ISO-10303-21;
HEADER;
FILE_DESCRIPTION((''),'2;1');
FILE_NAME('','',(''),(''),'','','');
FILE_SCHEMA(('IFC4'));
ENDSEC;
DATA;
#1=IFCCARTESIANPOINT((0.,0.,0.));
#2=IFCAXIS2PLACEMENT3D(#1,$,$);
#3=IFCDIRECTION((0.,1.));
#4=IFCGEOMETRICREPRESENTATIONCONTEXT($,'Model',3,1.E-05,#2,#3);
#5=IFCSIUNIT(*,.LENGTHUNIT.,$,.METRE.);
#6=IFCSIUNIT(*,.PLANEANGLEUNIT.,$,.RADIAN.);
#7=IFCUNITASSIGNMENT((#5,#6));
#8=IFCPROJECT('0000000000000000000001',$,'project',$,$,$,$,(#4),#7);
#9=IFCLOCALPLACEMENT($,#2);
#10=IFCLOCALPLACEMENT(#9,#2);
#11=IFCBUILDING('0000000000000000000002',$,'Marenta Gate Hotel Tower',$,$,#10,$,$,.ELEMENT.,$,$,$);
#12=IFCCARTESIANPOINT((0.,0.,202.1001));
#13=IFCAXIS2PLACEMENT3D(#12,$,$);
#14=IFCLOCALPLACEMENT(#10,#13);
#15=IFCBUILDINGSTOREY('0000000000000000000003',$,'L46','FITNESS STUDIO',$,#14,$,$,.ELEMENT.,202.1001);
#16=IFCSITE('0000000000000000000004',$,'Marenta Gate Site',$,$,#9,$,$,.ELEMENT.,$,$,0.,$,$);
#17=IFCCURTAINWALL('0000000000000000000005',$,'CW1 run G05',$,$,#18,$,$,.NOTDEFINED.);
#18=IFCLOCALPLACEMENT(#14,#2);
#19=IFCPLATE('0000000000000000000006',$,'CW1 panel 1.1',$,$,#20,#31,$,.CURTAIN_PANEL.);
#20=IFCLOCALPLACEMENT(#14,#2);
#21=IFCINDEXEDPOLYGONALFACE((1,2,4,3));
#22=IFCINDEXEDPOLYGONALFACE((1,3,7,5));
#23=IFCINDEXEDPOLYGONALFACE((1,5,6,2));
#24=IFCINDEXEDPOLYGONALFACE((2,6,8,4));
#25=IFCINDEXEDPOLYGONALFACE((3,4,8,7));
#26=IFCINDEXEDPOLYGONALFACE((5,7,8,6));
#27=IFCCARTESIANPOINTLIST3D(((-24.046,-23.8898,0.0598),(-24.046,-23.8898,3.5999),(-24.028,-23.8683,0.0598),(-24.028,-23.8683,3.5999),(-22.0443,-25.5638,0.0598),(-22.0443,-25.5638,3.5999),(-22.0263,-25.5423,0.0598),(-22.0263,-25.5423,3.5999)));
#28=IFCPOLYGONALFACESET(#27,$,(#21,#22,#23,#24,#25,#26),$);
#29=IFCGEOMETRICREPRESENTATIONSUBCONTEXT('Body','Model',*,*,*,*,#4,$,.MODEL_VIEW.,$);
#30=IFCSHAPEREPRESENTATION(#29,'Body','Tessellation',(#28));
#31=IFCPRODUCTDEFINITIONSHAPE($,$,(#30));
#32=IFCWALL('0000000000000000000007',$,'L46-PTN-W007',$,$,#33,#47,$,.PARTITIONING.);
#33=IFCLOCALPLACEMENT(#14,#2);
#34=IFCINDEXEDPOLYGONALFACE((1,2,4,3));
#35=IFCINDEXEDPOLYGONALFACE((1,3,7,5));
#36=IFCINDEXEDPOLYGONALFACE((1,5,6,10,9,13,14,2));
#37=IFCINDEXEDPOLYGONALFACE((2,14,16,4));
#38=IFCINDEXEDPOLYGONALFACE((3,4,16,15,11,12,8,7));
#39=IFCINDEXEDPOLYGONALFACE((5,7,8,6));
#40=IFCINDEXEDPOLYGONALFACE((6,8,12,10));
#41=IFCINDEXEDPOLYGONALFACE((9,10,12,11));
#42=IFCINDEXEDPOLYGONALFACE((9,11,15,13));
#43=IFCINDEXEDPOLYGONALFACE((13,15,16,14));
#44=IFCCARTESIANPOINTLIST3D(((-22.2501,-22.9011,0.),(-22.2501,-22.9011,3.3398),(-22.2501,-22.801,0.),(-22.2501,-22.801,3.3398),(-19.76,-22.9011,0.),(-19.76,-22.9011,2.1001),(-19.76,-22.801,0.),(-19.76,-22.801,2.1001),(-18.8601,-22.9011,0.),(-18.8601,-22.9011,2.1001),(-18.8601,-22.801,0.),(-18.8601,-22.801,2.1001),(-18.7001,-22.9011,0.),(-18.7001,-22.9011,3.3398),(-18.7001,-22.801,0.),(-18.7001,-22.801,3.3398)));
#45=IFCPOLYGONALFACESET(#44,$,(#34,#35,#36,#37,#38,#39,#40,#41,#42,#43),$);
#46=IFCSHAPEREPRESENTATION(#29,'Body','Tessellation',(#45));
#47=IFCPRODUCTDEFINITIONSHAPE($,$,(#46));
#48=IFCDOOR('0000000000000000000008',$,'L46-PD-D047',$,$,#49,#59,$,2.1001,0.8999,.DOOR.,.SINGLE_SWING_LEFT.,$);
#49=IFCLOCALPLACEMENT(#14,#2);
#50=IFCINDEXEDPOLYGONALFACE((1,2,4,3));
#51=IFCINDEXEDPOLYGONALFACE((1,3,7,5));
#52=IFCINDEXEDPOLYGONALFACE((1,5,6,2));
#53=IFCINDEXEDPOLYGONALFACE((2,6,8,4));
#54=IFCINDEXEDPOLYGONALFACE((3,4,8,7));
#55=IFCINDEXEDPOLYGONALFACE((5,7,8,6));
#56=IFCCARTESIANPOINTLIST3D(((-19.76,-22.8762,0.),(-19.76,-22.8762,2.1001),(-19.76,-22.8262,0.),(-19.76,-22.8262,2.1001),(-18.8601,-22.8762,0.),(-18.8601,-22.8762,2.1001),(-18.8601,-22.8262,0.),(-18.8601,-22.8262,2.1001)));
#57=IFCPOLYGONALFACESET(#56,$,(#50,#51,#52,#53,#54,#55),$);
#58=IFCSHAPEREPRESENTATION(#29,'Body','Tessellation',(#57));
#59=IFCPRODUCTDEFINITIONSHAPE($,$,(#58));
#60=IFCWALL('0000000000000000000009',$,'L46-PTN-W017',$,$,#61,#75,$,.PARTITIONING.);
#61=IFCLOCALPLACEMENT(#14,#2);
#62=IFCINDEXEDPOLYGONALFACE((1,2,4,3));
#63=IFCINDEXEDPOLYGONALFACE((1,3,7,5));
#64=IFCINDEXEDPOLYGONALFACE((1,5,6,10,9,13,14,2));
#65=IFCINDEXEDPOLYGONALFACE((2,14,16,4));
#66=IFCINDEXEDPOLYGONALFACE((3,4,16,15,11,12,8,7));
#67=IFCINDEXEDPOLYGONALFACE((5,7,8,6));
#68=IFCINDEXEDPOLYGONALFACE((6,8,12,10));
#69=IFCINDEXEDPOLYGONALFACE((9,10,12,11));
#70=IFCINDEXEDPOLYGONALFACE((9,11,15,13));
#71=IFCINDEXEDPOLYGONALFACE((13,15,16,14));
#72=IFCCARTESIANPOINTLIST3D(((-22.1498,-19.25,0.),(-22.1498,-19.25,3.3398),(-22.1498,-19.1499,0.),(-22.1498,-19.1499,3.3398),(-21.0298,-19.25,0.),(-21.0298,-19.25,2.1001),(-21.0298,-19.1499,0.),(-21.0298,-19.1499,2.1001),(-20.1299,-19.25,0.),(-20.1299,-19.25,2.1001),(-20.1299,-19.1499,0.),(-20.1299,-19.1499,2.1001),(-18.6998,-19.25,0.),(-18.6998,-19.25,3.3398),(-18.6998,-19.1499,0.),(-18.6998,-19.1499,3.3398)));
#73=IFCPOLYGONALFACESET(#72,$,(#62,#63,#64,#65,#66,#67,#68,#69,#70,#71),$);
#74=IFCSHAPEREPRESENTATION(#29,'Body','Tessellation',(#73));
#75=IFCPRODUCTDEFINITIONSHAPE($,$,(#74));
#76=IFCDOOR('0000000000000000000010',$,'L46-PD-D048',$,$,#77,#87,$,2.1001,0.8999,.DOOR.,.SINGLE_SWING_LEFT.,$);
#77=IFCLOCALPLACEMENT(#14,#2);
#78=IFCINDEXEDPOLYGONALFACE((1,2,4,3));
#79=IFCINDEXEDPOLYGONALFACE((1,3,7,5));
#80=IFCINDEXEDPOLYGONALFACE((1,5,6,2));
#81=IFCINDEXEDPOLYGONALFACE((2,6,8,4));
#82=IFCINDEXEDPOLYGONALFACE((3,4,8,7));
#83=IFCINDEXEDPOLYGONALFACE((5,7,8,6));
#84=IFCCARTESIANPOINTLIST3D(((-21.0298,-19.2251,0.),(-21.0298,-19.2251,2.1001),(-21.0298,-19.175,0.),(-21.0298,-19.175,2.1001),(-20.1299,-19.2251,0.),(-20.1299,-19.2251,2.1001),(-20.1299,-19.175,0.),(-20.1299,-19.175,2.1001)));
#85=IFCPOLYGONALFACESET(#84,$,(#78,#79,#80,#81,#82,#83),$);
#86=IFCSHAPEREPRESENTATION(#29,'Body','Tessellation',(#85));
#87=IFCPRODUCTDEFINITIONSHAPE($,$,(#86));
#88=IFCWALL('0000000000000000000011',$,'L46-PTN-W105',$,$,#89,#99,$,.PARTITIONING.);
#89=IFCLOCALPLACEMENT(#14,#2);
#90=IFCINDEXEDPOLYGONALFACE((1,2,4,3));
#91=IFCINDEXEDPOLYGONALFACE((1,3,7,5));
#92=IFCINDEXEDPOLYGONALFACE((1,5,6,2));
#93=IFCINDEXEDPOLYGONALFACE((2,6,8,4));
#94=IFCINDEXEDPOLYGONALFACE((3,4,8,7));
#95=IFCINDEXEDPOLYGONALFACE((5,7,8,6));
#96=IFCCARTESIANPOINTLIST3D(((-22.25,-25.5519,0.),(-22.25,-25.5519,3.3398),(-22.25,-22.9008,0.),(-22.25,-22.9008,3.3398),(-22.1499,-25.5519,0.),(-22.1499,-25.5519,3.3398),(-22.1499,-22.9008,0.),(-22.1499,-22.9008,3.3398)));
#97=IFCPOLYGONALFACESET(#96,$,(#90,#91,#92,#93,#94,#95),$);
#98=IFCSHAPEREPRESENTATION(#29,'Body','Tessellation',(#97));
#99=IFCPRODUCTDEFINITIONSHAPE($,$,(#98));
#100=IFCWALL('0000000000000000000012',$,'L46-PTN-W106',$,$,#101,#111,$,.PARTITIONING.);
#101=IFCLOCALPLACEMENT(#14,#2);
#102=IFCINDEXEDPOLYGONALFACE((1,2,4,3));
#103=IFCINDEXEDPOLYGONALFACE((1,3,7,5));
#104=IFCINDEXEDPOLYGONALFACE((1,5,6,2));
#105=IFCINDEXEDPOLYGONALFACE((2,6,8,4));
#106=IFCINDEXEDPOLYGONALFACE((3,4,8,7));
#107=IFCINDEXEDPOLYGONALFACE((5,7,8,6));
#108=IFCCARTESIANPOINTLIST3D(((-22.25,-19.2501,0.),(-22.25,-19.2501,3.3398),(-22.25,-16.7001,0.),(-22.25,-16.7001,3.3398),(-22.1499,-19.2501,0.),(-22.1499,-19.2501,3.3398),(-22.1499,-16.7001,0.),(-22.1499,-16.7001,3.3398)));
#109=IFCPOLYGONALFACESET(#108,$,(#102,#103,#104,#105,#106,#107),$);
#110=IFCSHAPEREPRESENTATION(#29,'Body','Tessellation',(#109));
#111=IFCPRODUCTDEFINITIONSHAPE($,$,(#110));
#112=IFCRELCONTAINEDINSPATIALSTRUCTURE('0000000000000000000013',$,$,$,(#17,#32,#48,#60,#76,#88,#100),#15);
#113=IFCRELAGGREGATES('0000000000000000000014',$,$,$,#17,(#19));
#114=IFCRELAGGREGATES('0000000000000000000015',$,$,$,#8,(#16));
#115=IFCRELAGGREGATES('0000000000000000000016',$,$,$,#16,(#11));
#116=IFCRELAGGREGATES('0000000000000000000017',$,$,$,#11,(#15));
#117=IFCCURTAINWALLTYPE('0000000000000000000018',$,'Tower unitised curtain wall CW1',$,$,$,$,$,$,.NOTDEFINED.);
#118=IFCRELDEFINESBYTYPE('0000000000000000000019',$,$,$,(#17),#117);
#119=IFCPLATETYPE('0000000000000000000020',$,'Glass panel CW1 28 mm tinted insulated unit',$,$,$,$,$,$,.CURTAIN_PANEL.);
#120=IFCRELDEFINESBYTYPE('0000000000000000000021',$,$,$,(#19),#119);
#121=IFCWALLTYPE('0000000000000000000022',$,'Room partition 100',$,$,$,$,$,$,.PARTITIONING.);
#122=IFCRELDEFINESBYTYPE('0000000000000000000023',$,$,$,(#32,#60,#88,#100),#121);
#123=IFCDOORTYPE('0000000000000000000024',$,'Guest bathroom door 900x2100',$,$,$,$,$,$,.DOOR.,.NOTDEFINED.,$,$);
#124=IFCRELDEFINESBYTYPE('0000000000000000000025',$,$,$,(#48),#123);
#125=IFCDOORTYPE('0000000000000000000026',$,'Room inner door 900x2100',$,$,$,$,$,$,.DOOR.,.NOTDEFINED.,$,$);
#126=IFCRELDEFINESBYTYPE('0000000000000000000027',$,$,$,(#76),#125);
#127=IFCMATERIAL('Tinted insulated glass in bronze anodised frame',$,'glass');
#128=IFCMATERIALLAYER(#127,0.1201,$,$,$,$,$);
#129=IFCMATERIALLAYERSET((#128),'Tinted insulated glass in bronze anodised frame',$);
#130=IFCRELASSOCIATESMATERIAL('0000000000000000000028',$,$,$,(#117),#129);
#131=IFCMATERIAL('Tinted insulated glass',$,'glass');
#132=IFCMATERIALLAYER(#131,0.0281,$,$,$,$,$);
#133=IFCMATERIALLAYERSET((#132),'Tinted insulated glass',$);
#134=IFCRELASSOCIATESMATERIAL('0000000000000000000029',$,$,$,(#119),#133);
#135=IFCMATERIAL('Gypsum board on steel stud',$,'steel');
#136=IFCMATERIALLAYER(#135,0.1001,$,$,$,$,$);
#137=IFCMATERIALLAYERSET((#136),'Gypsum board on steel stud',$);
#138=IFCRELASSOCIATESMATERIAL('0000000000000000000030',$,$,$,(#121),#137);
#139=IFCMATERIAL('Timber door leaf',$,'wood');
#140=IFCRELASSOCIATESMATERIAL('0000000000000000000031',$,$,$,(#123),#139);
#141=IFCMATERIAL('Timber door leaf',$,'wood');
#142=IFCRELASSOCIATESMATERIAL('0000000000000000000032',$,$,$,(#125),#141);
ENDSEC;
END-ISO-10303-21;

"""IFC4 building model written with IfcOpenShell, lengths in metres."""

from ifc_helpers import new_model, si_unit, direction, frame, frame_2d, origin, origin_2d, place, context, subcontext, project, spatial, rectangle, extrude, material, layer, layer_set, type_object, element, fill, aggregate, save


model = new_model("IFC4")

# Units and contexts
model_context = context("Model", 3, precision=1e-05, world=origin(), true_north=direction((0.0, 1.0)))
body_context = subcontext(model_context, "Body", "Model", "MODEL_VIEW")
ifc_project = project(units=[si_unit("LENGTHUNIT", "METRE"), si_unit("PLANEANGLEUNIT", "RADIAN")], contexts=[model_context])

# Site, building, storey
site_placement = place(None, origin())
site = spatial("IfcSite", under=ifc_project, at=site_placement, Name="Marenta Gate Site", CompositionType="ELEMENT", RefElevation=0.0)
building_placement = place(site_placement, origin())
building = spatial("IfcBuilding", under=site, at=building_placement, Name="Marenta Gate Hotel Tower", CompositionType="ELEMENT")
storey_placement = place(building_placement, frame((0.0, 0.0, 202.1001)))
storey = spatial("IfcBuildingStorey", under=building, at=storey_placement, Name="L46", Description="FITNESS STUDIO", CompositionType="ELEMENT", Elevation=202.1001)

# Curtain wall
ifc_material_1 = material(Name="Tinted insulated glass in bronze anodised frame", Category="glass")
ifc_layer_1 = layer(ifc_material_1, 0.1201)
ifc_layer_set_1 = layer_set([ifc_layer_1], Name="Tinted insulated glass in bronze anodised frame")
curtain_wall_type = type_object("IfcCurtainWallType", Name="Tower unitised curtain wall CW1", PredefinedType="NOTDEFINED", material=ifc_layer_set_1)
curtain_wall_1_placement = place(storey_placement, origin())
curtain_wall_1 = element("IfcCurtainWall", 1, at=curtain_wall_1_placement, inside=storey, type_object=curtain_wall_type, Name="CW1 run G05", PredefinedType="NOTDEFINED")

# Plate
ifc_material_2 = material(Name="Tinted insulated glass", Category="glass")
ifc_layer_2 = layer(ifc_material_2, 0.0281)
ifc_layer_set_2 = layer_set([ifc_layer_2], Name="Tinted insulated glass")
plate_type = type_object("IfcPlateType", Name="Glass panel CW1 28 mm tinted insulated unit", PredefinedType="CURTAIN_PANEL", material=ifc_layer_set_2)
plate_1_placement = place(storey_placement, frame((-23.0361, -24.7161, 0.0598), z_axis=(0.0, 0.0, 1.0), x_axis=(0.767102, -0.641525, 0.0)))
plate_1 = element("IfcPlate", 2, at=plate_1_placement, type_object=plate_type, Name="CW1 panel 1.1", PredefinedType="CURTAIN_PANEL", context=body_context, shape_type="SweptSolid", body=[
    extrude(rectangle(XDim=2.6094, YDim=0.0281, at=origin_2d()), origin(), (0.0, 0.0, 1.0), 3.54),
])
aggregate(curtain_wall_1, [plate_1])

# Walls, openings, doors
ifc_material_3 = material(Name="Gypsum board on steel stud", Category="steel")
ifc_layer_3 = layer(ifc_material_3, 0.1001)
ifc_layer_set_3 = layer_set([ifc_layer_3], Name="Gypsum board on steel stud")
wall_type = type_object("IfcWallType", Name="Room partition 100", PredefinedType="PARTITIONING", material=ifc_layer_set_3)
wall_1_placement = place(storey_placement, frame((-22.25, -22.8511, 0.0), z_axis=(0.0, 0.0, 1.0), x_axis=(1.0, 0.0, 0.0)))
wall_1 = element("IfcWall", 3, at=wall_1_placement, inside=storey, type_object=wall_type, Name="L46-PTN-W007", PredefinedType="PARTITIONING", context=body_context, shape_type="SweptSolid", body=[
    extrude(rectangle(XDim=3.55, YDim=0.1001, at=frame_2d((1.7749, 0.0))), origin(), (0.0, 0.0, 1.0), 3.3398),
])
opening_1_placement = place(wall_1_placement, frame((2.49, 0.0, 0.0)))
opening_1 = element("IfcOpeningElement", 4, at=opening_1_placement, cuts=wall_1, PredefinedType="OPENING", context=body_context, shape_type="SweptSolid", body=[
    extrude(rectangle(XDim=0.8999, YDim=2.1001, at=frame_2d((0.45, 1.05))), frame((0.0, 0.05, 0.0), z_axis=(0.0, -1.0, 0.0), x_axis=(1.0, 0.0, 0.0)), (0.0, 0.0, 1.0), 0.1001),
])
ifc_material_4 = material(Name="Timber door leaf", Category="wood")
door_type_1 = type_object("IfcDoorType", Name="Guest bathroom door 900x2100", OperationType="NOTDEFINED", PredefinedType="DOOR", material=ifc_material_4)
door_1_placement = place(opening_1_placement, origin())
door_1 = element("IfcDoor", 5, at=door_1_placement, inside=storey, type_object=door_type_1, Name="L46-PD-D047", OperationType="SINGLE_SWING_LEFT", OverallHeight=2.1001, OverallWidth=0.8999, PredefinedType="DOOR", context=body_context, shape_type="SweptSolid", body=[
    extrude(rectangle(XDim=0.8999, YDim=2.1001, at=frame_2d((0.45, 1.05))), frame((0.0, 0.0249, 0.0), z_axis=(0.0, -1.0, 0.0), x_axis=(1.0, 0.0, 0.0)), (0.0, 0.0, 1.0), 0.05),
])
fill(opening_1, door_1)
wall_2_placement = place(storey_placement, frame((-22.1499, -19.2, 0.0), z_axis=(0.0, 0.0, 1.0), x_axis=(1.0, 0.0, 0.0)))
wall_2 = element("IfcWall", 6, at=wall_2_placement, inside=storey, type_object=wall_type, Name="L46-PTN-W017", PredefinedType="PARTITIONING", context=body_context, shape_type="SweptSolid", body=[
    extrude(rectangle(XDim=3.45, YDim=0.1001, at=frame_2d((1.7251, 0.0))), origin(), (0.0, 0.0, 1.0), 3.3398),
])
opening_2_placement = place(wall_2_placement, frame((1.1201, 0.0, 0.0)))
opening_2 = element("IfcOpeningElement", 7, at=opening_2_placement, cuts=wall_2, PredefinedType="OPENING", context=body_context, shape_type="SweptSolid", body=[
    extrude(rectangle(XDim=0.8999, YDim=2.1001, at=frame_2d((0.45, 1.05))), frame((0.0, 0.05, 0.0), z_axis=(0.0, -1.0, 0.0), x_axis=(1.0, 0.0, 0.0)), (0.0, 0.0, 1.0), 0.1001),
])
ifc_material_5 = material(Name="Timber door leaf", Category="wood")
door_type_2 = type_object("IfcDoorType", Name="Room inner door 900x2100", OperationType="NOTDEFINED", PredefinedType="DOOR", material=ifc_material_5)
door_2_placement = place(opening_2_placement, origin())
door_2 = element("IfcDoor", 8, at=door_2_placement, inside=storey, type_object=door_type_2, Name="L46-PD-D048", OperationType="SINGLE_SWING_LEFT", OverallHeight=2.1001, OverallWidth=0.8999, PredefinedType="DOOR", context=body_context, shape_type="SweptSolid", body=[
    extrude(rectangle(XDim=0.8999, YDim=2.1001, at=frame_2d((0.45, 1.05))), frame((0.0, 0.0249, 0.0), z_axis=(0.0, -1.0, 0.0), x_axis=(1.0, 0.0, 0.0)), (0.0, 0.0, 1.0), 0.05),
])
fill(opening_2, door_2)

# Walls
wall_3_placement = place(storey_placement, frame((-22.2, -25.552, 0.0), z_axis=(0.0, 0.0, 1.0), x_axis=(0.0, 1.0, 0.0)))
element("IfcWall", 9, at=wall_3_placement, inside=storey, type_object=wall_type, Name="L46-PTN-W105", PredefinedType="PARTITIONING", context=body_context, shape_type="SweptSolid", body=[
    extrude(rectangle(XDim=2.6511, YDim=0.1001, at=frame_2d((1.3257, 0.0))), origin(), (0.0, 0.0, 1.0), 3.3398),
])
wall_4_placement = place(storey_placement, frame((-22.2, -19.25, 0.0), z_axis=(0.0, 0.0, 1.0), x_axis=(0.0, 1.0, 0.0)))
element("IfcWall", 10, at=wall_4_placement, inside=storey, type_object=wall_type, Name="L46-PTN-W106", PredefinedType="PARTITIONING", context=body_context, shape_type="SweptSolid", body=[
    extrude(rectangle(XDim=2.55, YDim=0.1001, at=frame_2d((1.2749, 0.0))), origin(), (0.0, 0.0, 1.0), 3.3398),
])

save(model, "model.ifc")
